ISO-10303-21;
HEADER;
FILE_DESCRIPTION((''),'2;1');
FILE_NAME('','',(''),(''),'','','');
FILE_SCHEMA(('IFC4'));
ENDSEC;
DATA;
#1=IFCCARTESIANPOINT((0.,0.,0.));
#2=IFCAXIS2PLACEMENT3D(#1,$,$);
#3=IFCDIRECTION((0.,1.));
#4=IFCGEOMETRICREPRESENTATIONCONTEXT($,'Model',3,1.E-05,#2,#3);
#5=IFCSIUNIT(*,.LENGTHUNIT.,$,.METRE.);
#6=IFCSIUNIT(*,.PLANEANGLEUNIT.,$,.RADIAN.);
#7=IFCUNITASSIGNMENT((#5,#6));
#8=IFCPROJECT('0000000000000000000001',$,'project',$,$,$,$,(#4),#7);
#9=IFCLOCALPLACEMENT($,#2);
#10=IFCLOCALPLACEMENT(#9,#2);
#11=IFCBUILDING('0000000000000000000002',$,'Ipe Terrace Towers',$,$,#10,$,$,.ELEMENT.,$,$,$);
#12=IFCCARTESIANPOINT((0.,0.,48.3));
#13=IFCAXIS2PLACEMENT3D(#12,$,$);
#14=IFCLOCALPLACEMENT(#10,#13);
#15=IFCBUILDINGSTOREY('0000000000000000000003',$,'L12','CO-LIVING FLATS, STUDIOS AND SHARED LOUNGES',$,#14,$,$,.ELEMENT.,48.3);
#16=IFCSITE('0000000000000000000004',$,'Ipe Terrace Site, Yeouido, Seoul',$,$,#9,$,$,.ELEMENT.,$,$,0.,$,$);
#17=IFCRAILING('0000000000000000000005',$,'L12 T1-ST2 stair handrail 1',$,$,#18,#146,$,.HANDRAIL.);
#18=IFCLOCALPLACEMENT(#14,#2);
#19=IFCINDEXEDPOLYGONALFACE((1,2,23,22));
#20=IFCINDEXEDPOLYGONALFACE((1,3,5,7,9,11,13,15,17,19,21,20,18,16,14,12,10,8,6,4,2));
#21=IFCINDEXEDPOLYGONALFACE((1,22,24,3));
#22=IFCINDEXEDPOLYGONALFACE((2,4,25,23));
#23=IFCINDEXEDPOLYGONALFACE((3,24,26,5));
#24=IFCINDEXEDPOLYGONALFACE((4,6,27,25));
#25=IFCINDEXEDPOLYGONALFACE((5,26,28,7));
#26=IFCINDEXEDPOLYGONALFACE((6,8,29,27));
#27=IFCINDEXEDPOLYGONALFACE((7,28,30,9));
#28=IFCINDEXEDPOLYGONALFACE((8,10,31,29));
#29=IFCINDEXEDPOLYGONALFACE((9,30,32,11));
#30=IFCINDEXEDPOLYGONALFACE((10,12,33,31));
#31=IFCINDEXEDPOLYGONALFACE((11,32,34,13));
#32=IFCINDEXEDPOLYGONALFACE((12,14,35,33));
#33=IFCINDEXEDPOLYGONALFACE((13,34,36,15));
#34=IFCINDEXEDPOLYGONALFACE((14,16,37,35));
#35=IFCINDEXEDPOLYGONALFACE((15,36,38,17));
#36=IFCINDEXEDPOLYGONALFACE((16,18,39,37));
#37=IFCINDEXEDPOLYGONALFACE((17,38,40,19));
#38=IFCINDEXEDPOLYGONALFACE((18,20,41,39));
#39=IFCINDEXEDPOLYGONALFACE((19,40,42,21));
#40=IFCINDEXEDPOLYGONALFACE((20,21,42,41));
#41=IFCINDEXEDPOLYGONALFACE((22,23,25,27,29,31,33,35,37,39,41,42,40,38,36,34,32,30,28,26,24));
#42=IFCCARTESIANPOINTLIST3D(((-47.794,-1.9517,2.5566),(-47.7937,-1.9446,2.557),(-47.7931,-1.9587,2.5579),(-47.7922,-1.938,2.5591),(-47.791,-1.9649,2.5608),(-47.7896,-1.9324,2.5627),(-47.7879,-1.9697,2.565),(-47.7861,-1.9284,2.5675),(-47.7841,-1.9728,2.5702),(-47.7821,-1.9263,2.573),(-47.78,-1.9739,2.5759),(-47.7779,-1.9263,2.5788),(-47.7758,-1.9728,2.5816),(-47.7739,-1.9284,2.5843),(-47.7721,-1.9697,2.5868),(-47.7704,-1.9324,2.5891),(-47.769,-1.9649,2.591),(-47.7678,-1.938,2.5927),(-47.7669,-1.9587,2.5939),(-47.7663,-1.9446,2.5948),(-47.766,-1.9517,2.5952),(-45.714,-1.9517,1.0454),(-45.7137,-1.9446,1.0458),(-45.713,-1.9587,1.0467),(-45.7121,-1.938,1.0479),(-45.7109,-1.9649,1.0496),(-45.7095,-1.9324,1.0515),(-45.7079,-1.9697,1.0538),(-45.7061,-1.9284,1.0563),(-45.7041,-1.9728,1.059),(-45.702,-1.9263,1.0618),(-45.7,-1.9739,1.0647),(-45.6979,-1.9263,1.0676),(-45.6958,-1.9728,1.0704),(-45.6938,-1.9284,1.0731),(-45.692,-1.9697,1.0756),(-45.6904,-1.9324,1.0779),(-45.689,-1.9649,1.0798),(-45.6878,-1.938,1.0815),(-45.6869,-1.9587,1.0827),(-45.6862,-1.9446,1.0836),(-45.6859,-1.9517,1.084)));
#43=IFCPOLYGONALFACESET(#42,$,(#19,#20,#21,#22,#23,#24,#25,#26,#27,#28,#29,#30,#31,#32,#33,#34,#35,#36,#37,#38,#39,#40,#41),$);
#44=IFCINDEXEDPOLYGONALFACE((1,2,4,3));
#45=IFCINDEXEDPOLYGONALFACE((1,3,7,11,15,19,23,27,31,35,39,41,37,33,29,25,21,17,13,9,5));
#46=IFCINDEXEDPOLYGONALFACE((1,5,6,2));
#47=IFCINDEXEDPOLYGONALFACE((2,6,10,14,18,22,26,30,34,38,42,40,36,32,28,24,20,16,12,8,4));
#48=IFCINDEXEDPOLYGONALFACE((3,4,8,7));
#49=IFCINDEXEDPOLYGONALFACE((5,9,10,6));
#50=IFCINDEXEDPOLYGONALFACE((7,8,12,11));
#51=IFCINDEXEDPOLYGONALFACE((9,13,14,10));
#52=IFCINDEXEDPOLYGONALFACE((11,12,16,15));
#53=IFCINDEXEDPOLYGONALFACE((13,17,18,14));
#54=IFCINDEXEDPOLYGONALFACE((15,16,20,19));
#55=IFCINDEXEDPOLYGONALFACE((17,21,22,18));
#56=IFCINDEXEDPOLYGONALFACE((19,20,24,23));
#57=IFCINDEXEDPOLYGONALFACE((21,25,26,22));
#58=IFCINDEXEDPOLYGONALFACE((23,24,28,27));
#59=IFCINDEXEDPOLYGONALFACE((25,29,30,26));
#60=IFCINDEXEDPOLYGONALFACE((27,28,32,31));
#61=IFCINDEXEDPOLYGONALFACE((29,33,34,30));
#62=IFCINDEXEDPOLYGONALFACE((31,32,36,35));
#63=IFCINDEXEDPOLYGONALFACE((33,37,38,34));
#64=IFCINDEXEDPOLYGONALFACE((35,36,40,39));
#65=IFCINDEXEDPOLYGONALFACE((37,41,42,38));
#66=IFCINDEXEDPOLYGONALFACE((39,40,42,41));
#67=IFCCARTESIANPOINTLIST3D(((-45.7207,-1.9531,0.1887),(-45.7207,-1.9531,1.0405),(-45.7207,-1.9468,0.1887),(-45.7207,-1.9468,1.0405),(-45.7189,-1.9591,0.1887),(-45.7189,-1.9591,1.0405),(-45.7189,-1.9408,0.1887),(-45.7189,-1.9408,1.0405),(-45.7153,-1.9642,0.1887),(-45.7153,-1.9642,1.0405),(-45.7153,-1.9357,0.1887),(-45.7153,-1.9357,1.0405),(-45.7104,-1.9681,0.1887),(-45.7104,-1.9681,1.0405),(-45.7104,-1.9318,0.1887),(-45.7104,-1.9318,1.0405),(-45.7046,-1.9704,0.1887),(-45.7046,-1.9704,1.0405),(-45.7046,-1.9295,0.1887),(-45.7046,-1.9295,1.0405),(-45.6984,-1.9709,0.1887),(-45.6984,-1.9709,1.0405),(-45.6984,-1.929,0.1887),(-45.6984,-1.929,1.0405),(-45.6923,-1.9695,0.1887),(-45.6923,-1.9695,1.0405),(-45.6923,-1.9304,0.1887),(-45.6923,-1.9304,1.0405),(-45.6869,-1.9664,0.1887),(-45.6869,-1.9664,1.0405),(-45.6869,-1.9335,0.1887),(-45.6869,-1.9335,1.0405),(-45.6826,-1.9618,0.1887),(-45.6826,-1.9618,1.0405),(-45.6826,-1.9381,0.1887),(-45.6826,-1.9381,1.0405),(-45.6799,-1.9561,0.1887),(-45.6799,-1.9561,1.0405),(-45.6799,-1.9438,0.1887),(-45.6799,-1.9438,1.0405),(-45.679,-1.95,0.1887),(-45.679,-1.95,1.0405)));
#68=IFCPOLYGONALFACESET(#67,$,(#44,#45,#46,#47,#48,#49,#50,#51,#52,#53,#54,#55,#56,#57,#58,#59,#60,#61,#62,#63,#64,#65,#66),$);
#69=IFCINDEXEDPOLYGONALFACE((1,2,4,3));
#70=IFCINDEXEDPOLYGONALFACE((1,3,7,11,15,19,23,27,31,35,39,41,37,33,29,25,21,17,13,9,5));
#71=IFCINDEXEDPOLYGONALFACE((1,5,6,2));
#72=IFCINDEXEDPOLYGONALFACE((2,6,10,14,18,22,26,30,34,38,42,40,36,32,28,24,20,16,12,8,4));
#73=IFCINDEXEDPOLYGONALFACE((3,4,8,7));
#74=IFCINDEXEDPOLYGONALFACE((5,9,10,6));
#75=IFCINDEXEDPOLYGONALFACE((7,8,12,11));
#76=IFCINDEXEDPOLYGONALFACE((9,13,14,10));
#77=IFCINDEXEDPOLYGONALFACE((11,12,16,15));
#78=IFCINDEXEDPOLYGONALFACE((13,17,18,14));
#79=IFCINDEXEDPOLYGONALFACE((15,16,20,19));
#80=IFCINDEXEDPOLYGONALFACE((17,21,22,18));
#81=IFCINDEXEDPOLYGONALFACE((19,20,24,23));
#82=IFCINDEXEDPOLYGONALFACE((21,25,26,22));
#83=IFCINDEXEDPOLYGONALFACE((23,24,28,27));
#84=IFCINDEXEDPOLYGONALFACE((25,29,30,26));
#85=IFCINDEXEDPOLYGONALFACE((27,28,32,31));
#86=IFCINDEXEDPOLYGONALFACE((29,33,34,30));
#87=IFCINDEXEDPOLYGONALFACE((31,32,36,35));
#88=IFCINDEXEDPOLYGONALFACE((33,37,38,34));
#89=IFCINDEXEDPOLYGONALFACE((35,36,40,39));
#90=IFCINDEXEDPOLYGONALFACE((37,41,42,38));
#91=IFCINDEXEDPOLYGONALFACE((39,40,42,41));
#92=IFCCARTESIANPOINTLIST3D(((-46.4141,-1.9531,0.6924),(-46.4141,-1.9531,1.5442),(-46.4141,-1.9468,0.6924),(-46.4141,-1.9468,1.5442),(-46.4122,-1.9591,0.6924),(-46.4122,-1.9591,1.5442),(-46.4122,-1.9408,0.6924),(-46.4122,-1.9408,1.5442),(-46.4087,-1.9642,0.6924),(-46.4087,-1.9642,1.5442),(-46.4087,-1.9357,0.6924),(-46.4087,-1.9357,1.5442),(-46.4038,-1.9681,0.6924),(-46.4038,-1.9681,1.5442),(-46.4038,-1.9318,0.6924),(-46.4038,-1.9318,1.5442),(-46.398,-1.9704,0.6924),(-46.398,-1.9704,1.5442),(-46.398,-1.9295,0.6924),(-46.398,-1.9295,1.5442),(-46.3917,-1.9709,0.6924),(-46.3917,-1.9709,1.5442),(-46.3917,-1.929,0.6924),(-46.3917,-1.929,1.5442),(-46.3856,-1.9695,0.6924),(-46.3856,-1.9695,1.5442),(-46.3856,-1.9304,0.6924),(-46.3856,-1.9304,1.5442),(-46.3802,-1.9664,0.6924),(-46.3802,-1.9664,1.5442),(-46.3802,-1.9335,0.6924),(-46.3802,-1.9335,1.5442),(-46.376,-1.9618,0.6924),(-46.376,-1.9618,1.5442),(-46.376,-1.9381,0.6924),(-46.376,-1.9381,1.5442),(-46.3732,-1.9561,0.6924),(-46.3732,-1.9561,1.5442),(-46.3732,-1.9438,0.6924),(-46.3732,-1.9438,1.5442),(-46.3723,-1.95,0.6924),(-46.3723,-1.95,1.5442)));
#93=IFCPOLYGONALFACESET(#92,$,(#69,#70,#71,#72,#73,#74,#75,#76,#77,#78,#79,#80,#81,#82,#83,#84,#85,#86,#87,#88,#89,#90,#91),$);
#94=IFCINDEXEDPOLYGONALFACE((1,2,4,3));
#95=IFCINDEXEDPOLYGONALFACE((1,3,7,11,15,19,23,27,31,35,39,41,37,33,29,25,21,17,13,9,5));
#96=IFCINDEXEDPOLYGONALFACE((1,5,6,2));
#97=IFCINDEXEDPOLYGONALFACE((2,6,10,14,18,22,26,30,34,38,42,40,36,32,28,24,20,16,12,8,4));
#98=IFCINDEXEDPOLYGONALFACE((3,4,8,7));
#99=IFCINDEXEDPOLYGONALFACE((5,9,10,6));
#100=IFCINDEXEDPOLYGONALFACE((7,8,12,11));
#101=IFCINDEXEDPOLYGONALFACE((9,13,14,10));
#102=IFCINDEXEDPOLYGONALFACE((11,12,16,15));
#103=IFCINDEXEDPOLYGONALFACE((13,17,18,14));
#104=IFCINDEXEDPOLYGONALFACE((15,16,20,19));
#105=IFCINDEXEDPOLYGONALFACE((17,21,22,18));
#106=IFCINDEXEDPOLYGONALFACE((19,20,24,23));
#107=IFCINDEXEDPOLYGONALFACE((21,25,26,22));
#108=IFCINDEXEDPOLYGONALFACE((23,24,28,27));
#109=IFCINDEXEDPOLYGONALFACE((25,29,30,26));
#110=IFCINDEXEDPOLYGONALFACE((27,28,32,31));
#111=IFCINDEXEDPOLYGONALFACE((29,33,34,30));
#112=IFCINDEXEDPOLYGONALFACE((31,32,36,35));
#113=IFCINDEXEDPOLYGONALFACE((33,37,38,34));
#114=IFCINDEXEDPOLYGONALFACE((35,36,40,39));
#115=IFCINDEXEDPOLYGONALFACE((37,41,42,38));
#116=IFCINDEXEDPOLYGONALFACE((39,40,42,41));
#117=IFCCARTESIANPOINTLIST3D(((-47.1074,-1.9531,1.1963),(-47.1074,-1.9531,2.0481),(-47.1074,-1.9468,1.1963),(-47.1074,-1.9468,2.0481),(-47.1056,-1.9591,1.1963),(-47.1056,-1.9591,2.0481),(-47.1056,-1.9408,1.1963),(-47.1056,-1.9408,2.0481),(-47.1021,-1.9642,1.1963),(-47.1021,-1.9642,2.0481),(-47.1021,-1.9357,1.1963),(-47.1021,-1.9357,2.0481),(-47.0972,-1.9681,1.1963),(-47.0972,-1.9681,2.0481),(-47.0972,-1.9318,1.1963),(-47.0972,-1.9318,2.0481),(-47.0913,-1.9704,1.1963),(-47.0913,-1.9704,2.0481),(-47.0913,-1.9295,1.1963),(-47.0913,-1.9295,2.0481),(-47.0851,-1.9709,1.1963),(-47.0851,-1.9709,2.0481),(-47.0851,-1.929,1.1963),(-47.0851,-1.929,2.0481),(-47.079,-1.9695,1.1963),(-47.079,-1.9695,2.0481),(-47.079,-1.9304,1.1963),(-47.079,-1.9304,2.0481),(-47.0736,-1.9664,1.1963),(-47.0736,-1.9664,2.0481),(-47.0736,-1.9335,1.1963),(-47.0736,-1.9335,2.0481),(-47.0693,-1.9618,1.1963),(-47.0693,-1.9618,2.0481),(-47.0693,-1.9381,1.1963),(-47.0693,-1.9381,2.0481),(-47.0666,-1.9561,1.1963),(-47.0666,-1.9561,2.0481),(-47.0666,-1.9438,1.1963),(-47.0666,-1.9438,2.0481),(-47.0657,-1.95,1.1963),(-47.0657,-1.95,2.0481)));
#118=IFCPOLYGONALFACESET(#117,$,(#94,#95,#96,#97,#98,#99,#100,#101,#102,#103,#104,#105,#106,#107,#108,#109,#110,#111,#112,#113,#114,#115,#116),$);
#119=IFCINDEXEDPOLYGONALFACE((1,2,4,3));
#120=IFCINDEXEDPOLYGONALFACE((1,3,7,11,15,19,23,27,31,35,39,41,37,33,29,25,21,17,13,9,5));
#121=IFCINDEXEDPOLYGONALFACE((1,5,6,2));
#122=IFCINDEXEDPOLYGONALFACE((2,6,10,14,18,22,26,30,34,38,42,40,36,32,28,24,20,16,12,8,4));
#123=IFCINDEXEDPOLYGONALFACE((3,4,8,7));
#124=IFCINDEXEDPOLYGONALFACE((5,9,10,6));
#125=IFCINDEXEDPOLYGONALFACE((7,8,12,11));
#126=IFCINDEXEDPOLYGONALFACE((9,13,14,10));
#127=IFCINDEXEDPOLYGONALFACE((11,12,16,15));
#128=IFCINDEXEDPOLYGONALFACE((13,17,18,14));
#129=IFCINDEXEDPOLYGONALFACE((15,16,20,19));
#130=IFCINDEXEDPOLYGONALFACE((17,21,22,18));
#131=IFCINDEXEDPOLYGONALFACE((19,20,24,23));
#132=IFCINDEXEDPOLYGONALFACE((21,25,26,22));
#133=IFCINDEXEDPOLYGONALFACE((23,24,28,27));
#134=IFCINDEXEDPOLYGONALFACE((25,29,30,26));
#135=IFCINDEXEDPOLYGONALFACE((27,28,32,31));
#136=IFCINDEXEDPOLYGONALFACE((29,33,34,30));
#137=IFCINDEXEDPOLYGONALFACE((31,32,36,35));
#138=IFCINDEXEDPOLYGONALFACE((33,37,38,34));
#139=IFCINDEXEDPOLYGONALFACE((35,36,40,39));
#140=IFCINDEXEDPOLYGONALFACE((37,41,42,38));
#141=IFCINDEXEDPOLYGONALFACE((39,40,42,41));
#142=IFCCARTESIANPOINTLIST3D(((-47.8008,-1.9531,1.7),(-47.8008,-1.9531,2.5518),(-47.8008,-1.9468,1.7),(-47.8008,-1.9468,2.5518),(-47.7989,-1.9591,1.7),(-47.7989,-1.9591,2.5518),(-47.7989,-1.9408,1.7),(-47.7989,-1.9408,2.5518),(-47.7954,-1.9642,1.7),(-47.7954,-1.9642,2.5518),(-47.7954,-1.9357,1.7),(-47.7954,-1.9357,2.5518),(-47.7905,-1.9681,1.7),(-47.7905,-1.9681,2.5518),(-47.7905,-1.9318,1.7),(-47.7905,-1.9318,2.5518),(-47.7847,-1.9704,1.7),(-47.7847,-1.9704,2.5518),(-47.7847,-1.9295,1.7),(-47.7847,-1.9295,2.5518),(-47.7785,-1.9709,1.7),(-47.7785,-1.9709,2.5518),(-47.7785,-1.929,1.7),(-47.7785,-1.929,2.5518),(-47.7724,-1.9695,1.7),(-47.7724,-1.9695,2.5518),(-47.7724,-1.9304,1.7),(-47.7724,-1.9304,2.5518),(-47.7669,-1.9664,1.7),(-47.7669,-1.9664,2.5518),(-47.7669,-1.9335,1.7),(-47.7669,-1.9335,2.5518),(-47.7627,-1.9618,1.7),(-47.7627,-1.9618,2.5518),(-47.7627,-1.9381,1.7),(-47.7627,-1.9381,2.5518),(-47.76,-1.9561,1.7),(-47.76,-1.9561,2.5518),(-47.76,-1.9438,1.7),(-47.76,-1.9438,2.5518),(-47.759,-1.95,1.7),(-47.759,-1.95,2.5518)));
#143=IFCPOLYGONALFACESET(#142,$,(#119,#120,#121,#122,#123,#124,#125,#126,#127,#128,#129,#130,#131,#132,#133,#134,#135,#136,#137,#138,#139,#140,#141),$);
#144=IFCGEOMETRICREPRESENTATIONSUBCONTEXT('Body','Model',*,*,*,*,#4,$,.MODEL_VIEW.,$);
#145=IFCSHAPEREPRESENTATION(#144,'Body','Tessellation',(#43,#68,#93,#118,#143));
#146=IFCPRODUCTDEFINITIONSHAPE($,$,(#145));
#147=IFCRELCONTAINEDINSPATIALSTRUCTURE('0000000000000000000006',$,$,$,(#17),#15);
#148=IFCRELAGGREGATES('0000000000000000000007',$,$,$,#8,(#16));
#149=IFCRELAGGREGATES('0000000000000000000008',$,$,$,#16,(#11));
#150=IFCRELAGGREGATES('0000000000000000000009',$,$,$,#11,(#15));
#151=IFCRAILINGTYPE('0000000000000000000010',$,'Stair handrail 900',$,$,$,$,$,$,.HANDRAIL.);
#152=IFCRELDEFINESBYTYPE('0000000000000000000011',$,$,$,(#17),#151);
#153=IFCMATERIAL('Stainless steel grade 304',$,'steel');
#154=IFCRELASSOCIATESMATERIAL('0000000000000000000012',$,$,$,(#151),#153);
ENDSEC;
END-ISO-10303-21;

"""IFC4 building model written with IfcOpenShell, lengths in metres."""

from ifc_helpers import new_model, si_unit, direction, frame, origin, origin_2d, place, context, subcontext, project, spatial, circle, extrude, material, type_object, element, save


model = new_model("IFC4")

# Units and contexts
model_context = context("Model", 3, precision=1e-05, world=origin(), true_north=direction((0.0, 1.0)))
body_context = subcontext(model_context, "Body", "Model", "MODEL_VIEW")
ifc_project = project(units=[si_unit("LENGTHUNIT", "METRE"), si_unit("PLANEANGLEUNIT", "RADIAN")], contexts=[model_context])

# Site, building, storey
site_placement = place(None, origin())
site = spatial("IfcSite", under=ifc_project, at=site_placement, Name="Ipe Terrace Site, Yeouido, Seoul", CompositionType="ELEMENT", RefElevation=0.0)
building_placement = place(site_placement, origin())
building = spatial("IfcBuilding", under=site, at=building_placement, Name="Ipe Terrace Towers", CompositionType="ELEMENT")
storey_placement = place(building_placement, frame((0.0, 0.0, 48.3)))
storey = spatial("IfcBuildingStorey", under=building, at=storey_placement, Name="L12", Description="CO-LIVING FLATS, STUDIOS AND SHARED LOUNGES", CompositionType="ELEMENT", Elevation=48.3)

# Railing
ifc_material_1 = material(Name="Stainless steel grade 304", Category="steel")
railing_type_1 = type_object("IfcRailingType", Name="Stair handrail 900", PredefinedType="HANDRAIL", material=ifc_material_1)
railing_1_placement = place(storey_placement, frame((-45.7, -1.95, 0.1887)))
element("IfcRailing", 1, at=railing_1_placement, inside=storey, type_object=railing_type_1, Name="L12 T1-ST2 stair handrail 1", PredefinedType="HANDRAIL", context=body_context, shape_type="SweptSolid", body=[
    extrude(circle(Radius=0.0239, at=origin_2d()), frame((0.0, 0.0, 0.876), z_axis=(-0.809023, 0.0, 0.587776), x_axis=(0.0, -1.0, 0.0)), (0.0, 0.0, 1.0), 2.571),
    extrude(circle(Radius=0.021, at=origin_2d()), origin(), (0.0, 0.0, 1.0), 0.8518),
    extrude(circle(Radius=0.021, at=origin_2d()), frame((-0.6934, 0.0, 0.5037)), (0.0, 0.0, 1.0), 0.8518),
    extrude(circle(Radius=0.021, at=origin_2d()), frame((-1.3867, 0.0, 1.0076)), (0.0, 0.0, 1.0), 0.8518),
    extrude(circle(Radius=0.021, at=origin_2d()), frame((-2.0801, 0.0, 1.5112)), (0.0, 0.0, 1.0), 0.8518),
])

save(model, "model.ifc")
